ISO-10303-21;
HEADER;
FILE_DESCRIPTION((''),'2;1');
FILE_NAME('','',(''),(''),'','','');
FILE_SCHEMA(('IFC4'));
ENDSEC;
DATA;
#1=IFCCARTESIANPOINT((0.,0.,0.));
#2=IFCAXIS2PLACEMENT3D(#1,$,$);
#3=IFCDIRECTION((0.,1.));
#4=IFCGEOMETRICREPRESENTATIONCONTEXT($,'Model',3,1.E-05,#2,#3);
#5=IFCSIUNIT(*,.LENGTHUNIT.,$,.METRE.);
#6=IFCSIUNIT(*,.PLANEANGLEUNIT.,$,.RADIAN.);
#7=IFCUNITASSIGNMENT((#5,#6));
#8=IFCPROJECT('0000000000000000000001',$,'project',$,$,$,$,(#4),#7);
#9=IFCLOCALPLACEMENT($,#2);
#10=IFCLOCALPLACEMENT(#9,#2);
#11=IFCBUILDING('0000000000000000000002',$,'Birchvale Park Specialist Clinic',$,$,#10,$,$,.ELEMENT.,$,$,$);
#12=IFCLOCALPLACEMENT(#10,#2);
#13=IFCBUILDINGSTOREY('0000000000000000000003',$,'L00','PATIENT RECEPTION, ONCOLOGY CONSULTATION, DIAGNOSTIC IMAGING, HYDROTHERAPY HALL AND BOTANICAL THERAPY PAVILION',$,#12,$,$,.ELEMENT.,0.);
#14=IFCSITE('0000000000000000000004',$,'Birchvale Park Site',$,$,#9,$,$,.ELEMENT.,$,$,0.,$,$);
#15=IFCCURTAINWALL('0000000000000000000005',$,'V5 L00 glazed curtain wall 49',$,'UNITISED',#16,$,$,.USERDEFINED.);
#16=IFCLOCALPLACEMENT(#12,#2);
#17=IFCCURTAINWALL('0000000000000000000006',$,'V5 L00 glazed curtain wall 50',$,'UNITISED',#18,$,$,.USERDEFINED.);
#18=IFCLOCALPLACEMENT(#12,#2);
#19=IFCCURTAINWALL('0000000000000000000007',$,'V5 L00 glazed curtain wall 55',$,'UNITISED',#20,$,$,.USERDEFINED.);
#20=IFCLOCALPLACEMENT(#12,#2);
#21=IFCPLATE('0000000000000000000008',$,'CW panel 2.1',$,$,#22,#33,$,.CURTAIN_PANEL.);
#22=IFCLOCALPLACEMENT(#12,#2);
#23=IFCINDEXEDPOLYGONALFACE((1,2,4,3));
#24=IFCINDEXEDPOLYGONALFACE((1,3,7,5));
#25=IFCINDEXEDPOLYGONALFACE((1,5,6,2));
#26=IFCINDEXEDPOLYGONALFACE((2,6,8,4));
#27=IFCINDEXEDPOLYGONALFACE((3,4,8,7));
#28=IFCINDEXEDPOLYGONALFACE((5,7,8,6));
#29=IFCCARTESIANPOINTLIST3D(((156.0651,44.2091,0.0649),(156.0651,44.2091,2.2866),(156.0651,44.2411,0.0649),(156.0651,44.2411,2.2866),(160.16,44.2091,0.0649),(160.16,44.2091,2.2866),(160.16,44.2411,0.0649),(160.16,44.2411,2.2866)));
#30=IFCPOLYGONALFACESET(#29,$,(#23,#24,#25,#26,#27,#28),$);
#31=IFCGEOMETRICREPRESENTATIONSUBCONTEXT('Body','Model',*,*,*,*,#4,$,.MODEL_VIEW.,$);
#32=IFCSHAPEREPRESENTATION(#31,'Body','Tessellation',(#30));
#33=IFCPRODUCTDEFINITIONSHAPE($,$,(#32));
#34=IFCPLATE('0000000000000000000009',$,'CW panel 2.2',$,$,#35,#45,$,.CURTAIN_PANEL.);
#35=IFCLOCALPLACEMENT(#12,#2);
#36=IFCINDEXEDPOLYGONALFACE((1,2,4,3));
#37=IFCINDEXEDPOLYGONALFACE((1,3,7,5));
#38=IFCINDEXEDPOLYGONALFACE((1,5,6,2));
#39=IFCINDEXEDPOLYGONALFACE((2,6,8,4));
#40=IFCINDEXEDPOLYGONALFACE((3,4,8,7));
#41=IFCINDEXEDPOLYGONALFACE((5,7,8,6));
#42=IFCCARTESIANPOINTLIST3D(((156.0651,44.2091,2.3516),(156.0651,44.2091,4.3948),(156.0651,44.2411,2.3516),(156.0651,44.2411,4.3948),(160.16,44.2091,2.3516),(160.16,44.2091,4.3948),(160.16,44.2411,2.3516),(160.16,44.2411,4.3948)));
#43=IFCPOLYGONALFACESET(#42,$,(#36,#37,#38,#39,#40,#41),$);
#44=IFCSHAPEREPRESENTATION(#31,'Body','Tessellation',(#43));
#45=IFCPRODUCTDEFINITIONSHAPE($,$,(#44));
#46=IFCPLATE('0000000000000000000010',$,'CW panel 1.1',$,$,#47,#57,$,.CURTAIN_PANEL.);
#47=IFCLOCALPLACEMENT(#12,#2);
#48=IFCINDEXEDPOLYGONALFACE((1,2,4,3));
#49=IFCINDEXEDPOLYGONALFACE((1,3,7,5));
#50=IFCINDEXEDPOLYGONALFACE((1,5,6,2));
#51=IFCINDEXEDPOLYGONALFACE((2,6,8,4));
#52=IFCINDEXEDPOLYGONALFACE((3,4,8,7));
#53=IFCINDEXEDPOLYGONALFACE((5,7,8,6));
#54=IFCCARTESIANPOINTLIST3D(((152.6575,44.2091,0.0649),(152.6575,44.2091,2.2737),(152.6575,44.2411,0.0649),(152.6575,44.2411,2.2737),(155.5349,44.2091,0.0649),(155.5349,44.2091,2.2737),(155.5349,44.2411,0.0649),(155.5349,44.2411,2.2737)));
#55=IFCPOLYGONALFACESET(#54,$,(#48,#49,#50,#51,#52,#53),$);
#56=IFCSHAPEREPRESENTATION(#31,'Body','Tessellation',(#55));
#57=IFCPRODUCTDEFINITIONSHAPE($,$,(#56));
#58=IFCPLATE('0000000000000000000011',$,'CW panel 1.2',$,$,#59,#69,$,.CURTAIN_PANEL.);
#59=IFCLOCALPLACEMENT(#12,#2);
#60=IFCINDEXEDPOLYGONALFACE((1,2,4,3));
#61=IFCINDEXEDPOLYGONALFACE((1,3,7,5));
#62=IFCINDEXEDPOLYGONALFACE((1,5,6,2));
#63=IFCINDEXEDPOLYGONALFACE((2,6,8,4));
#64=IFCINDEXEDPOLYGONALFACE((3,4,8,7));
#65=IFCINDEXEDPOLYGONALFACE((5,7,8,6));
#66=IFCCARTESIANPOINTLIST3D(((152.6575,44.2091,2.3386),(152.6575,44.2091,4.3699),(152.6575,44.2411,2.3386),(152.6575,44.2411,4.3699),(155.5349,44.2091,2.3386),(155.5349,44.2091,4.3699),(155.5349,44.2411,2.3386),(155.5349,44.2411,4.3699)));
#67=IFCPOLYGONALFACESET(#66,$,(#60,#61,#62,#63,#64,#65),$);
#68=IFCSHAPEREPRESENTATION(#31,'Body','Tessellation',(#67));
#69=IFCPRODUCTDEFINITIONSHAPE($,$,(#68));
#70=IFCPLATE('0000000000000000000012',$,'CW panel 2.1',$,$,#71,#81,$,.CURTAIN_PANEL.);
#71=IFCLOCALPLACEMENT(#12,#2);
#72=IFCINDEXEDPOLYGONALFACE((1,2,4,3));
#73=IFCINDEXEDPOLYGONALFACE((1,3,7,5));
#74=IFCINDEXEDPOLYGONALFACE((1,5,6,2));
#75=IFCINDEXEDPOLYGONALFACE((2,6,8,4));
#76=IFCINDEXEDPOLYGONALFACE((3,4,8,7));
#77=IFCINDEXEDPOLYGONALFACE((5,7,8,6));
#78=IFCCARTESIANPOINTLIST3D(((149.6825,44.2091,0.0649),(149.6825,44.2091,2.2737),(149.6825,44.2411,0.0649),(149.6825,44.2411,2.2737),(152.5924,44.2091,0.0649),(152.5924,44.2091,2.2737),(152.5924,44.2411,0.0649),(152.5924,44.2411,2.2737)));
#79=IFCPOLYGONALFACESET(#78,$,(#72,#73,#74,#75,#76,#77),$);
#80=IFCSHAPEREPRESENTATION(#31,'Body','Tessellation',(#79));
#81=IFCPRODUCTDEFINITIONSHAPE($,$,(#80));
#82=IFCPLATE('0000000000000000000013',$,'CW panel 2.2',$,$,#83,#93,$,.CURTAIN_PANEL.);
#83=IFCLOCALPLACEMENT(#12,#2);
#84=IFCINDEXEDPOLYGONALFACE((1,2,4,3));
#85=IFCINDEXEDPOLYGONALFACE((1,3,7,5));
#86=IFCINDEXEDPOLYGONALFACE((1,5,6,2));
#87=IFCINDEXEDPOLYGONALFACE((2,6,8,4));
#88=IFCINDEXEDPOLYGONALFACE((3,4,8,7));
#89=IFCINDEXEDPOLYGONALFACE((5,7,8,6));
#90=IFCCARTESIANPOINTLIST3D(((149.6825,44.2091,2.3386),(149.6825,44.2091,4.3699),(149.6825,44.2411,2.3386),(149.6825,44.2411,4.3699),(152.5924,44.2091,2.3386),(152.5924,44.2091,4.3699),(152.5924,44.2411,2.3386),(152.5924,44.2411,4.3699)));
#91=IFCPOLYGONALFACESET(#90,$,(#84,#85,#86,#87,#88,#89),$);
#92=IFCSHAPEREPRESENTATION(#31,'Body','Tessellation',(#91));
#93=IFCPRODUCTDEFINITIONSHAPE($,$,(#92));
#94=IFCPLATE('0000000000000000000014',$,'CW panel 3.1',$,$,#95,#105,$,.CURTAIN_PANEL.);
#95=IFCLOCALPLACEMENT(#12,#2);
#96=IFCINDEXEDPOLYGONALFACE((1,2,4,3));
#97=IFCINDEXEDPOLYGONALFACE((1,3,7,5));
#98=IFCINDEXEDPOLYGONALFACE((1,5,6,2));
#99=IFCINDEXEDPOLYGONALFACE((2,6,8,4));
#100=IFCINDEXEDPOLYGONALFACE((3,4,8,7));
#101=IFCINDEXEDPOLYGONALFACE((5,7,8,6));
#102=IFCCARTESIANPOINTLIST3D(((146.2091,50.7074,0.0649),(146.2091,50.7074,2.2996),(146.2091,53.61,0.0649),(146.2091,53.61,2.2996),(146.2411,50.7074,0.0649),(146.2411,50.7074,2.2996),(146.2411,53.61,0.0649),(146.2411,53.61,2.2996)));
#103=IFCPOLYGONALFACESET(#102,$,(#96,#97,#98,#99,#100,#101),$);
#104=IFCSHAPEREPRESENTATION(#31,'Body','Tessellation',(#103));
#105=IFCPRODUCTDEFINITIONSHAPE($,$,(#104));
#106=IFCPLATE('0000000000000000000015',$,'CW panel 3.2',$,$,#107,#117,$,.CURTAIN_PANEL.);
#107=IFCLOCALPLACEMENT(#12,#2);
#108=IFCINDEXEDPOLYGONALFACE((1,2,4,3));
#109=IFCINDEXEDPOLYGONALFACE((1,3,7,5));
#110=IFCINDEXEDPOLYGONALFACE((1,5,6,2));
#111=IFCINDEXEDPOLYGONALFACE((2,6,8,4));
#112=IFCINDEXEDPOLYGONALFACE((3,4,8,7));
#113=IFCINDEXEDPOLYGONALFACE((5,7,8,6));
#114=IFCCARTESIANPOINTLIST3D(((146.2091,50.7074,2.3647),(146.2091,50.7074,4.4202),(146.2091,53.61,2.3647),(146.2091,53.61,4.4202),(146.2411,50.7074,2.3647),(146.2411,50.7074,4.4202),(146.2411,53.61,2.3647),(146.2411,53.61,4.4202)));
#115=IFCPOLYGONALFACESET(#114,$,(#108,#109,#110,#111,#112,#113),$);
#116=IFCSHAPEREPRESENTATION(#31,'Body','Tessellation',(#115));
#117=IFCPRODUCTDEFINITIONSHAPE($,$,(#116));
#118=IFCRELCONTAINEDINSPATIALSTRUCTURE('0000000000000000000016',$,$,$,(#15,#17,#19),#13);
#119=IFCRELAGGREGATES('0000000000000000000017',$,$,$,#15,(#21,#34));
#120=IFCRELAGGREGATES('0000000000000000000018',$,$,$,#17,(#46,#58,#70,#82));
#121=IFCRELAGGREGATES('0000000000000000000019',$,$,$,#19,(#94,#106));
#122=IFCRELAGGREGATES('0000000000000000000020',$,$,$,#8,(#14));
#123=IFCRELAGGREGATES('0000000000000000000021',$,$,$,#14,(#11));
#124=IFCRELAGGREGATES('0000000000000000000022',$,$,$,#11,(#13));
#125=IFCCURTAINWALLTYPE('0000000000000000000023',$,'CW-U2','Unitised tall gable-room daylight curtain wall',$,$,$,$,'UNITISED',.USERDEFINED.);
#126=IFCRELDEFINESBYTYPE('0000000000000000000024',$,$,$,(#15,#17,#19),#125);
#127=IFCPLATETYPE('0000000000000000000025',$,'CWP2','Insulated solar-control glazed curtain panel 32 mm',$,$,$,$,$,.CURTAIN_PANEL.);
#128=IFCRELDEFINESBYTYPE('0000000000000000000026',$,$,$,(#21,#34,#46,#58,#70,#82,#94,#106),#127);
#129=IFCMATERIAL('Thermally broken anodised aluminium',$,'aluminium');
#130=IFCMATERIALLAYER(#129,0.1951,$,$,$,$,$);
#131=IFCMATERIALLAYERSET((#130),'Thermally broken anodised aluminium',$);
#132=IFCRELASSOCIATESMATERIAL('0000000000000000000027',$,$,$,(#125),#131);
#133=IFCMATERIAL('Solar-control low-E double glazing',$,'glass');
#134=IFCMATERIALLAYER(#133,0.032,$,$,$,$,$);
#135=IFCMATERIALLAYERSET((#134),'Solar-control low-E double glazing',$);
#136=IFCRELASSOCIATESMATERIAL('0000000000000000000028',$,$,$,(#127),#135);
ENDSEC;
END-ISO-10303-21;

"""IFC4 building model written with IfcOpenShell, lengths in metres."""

from ifc_helpers import new_model, si_unit, direction, frame, origin, origin_2d, place, context, subcontext, project, spatial, rectangle, extrude, material, layer, layer_set, type_object, element, aggregate, save


model = new_model("IFC4")

# Units and contexts
model_context = context("Model", 3, precision=1e-05, world=origin(), true_north=direction((0.0, 1.0)))
body_context = subcontext(model_context, "Body", "Model", "MODEL_VIEW")
ifc_project = project(units=[si_unit("LENGTHUNIT", "METRE"), si_unit("PLANEANGLEUNIT", "RADIAN")], contexts=[model_context])

# Site, building, storey
site_placement = place(None, origin())
site = spatial("IfcSite", under=ifc_project, at=site_placement, Name="Birchvale Park Site", CompositionType="ELEMENT", RefElevation=0.0)
building_placement = place(site_placement, origin())
building = spatial("IfcBuilding", under=site, at=building_placement, Name="Birchvale Park Specialist Clinic", CompositionType="ELEMENT")
storey_placement = place(building_placement, origin())
storey = spatial("IfcBuildingStorey", under=building, at=storey_placement, Name="L00", Description="PATIENT RECEPTION, ONCOLOGY CONSULTATION, DIAGNOSTIC IMAGING, HYDROTHERAPY HALL AND BOTANICAL THERAPY PAVILION", CompositionType="ELEMENT", Elevation=0.0)

# Curtain walls
ifc_material_1 = material(Name="Thermally broken anodised aluminium", Category="aluminium")
ifc_layer_1 = layer(ifc_material_1, 0.1951)
ifc_layer_set_1 = layer_set([ifc_layer_1], Name="Thermally broken anodised aluminium")
curtain_wall_type = type_object("IfcCurtainWallType", Name="CW-U2", Description="Unitised tall gable-room daylight curtain wall", ElementType="UNITISED", PredefinedType="USERDEFINED", material=ifc_layer_set_1)
curtain_wall_1_placement = place(storey_placement, origin())
curtain_wall_1 = element("IfcCurtainWall", 1, at=curtain_wall_1_placement, inside=storey, type_object=curtain_wall_type, Name="V5 L00 glazed curtain wall 49", ObjectType="UNITISED", PredefinedType="USERDEFINED")
curtain_wall_2_placement = place(storey_placement, origin())
curtain_wall_2 = element("IfcCurtainWall", 2, at=curtain_wall_2_placement, inside=storey, type_object=curtain_wall_type, Name="V5 L00 glazed curtain wall 50", ObjectType="UNITISED", PredefinedType="USERDEFINED")

# Curtain wall
curtain_wall_3_placement = place(storey_placement, origin())
curtain_wall_3 = element("IfcCurtainWall", 3, at=curtain_wall_3_placement, inside=storey, type_object=curtain_wall_type, Name="V5 L00 glazed curtain wall 55", ObjectType="UNITISED", PredefinedType="USERDEFINED")

# Plates
ifc_material_2 = material(Name="Solar-control low-E double glazing", Category="glass")
ifc_layer_2 = layer(ifc_material_2, 0.032)
ifc_layer_set_2 = layer_set([ifc_layer_2], Name="Solar-control low-E double glazing")
plate_type = type_object("IfcPlateType", Name="CWP2", Description="Insulated solar-control glazed curtain panel 32 mm", PredefinedType="CURTAIN_PANEL", material=ifc_layer_set_2)
plate_1_placement = place(storey_placement, frame((158.1125, 44.2251, 0.0649), z_axis=(0.0, 0.0, 1.0), x_axis=(-1.0, 0.0, 0.0)))
plate_1 = element("IfcPlate", 4, at=plate_1_placement, type_object=plate_type, Name="CW panel 2.1", PredefinedType="CURTAIN_PANEL", context=body_context, shape_type="SweptSolid", body=[
    extrude(rectangle(XDim=4.095, YDim=0.032, at=origin_2d()), origin(), (0.0, 0.0, 1.0), 2.2217),
])
plate_2_placement = place(storey_placement, frame((158.1125, 44.2251, 2.3516), z_axis=(0.0, 0.0, 1.0), x_axis=(-1.0, 0.0, 0.0)))
plate_2 = element("IfcPlate", 5, at=plate_2_placement, type_object=plate_type, Name="CW panel 2.2", PredefinedType="CURTAIN_PANEL", context=body_context, shape_type="SweptSolid", body=[
    extrude(rectangle(XDim=4.095, YDim=0.032, at=origin_2d()), origin(), (0.0, 0.0, 1.0), 2.0432),
])
aggregate(curtain_wall_1, [plate_1, plate_2])
plate_3_placement = place(storey_placement, frame((154.0962, 44.2251, 0.0649), z_axis=(0.0, 0.0, 1.0), x_axis=(-1.0, 0.0, 0.0)))
plate_3 = element("IfcPlate", 6, at=plate_3_placement, type_object=plate_type, Name="CW panel 1.1", PredefinedType="CURTAIN_PANEL", context=body_context, shape_type="SweptSolid", body=[
    extrude(rectangle(XDim=2.8774, YDim=0.032, at=origin_2d()), origin(), (0.0, 0.0, 1.0), 2.2087),
])
plate_4_placement = place(storey_placement, frame((154.0962, 44.2251, 2.3386), z_axis=(0.0, 0.0, 1.0), x_axis=(-1.0, 0.0, 0.0)))
plate_4 = element("IfcPlate", 7, at=plate_4_placement, type_object=plate_type, Name="CW panel 1.2", PredefinedType="CURTAIN_PANEL", context=body_context, shape_type="SweptSolid", body=[
    extrude(rectangle(XDim=2.8774, YDim=0.032, at=origin_2d()), origin(), (0.0, 0.0, 1.0), 2.0312),
])
plate_5_placement = place(storey_placement, frame((151.1375, 44.2251, 0.0649), z_axis=(0.0, 0.0, 1.0), x_axis=(-1.0, 0.0, 0.0)))
plate_5 = element("IfcPlate", 8, at=plate_5_placement, type_object=plate_type, Name="CW panel 2.1", PredefinedType="CURTAIN_PANEL", context=body_context, shape_type="SweptSolid", body=[
    extrude(rectangle(XDim=2.9099, YDim=0.032, at=origin_2d()), origin(), (0.0, 0.0, 1.0), 2.2087),
])
plate_6_placement = place(storey_placement, frame((151.1375, 44.2251, 2.3386), z_axis=(0.0, 0.0, 1.0), x_axis=(-1.0, 0.0, 0.0)))
plate_6 = element("IfcPlate", 9, at=plate_6_placement, type_object=plate_type, Name="CW panel 2.2", PredefinedType="CURTAIN_PANEL", context=body_context, shape_type="SweptSolid", body=[
    extrude(rectangle(XDim=2.9099, YDim=0.032, at=origin_2d()), origin(), (0.0, 0.0, 1.0), 2.0312),
])
aggregate(curtain_wall_2, [plate_3, plate_4, plate_5, plate_6])
plate_7_placement = place(storey_placement, frame((146.2251, 52.1587, 0.0649), z_axis=(0.0, 0.0, 1.0), x_axis=(0.0, 1.0, 0.0)))
plate_7 = element("IfcPlate", 10, at=plate_7_placement, type_object=plate_type, Name="CW panel 3.1", PredefinedType="CURTAIN_PANEL", context=body_context, shape_type="SweptSolid", body=[
    extrude(rectangle(XDim=2.9026, YDim=0.032, at=origin_2d()), origin(), (0.0, 0.0, 1.0), 2.2346),
])
plate_8_placement = place(storey_placement, frame((146.2251, 52.1587, 2.3647), z_axis=(0.0, 0.0, 1.0), x_axis=(0.0, 1.0, 0.0)))
plate_8 = element("IfcPlate", 11, at=plate_8_placement, type_object=plate_type, Name="CW panel 3.2", PredefinedType="CURTAIN_PANEL", context=body_context, shape_type="SweptSolid", body=[
    extrude(rectangle(XDim=2.9026, YDim=0.032, at=origin_2d()), origin(), (0.0, 0.0, 1.0), 2.0554),
])
aggregate(curtain_wall_3, [plate_7, plate_8])

save(model, "model.ifc")
